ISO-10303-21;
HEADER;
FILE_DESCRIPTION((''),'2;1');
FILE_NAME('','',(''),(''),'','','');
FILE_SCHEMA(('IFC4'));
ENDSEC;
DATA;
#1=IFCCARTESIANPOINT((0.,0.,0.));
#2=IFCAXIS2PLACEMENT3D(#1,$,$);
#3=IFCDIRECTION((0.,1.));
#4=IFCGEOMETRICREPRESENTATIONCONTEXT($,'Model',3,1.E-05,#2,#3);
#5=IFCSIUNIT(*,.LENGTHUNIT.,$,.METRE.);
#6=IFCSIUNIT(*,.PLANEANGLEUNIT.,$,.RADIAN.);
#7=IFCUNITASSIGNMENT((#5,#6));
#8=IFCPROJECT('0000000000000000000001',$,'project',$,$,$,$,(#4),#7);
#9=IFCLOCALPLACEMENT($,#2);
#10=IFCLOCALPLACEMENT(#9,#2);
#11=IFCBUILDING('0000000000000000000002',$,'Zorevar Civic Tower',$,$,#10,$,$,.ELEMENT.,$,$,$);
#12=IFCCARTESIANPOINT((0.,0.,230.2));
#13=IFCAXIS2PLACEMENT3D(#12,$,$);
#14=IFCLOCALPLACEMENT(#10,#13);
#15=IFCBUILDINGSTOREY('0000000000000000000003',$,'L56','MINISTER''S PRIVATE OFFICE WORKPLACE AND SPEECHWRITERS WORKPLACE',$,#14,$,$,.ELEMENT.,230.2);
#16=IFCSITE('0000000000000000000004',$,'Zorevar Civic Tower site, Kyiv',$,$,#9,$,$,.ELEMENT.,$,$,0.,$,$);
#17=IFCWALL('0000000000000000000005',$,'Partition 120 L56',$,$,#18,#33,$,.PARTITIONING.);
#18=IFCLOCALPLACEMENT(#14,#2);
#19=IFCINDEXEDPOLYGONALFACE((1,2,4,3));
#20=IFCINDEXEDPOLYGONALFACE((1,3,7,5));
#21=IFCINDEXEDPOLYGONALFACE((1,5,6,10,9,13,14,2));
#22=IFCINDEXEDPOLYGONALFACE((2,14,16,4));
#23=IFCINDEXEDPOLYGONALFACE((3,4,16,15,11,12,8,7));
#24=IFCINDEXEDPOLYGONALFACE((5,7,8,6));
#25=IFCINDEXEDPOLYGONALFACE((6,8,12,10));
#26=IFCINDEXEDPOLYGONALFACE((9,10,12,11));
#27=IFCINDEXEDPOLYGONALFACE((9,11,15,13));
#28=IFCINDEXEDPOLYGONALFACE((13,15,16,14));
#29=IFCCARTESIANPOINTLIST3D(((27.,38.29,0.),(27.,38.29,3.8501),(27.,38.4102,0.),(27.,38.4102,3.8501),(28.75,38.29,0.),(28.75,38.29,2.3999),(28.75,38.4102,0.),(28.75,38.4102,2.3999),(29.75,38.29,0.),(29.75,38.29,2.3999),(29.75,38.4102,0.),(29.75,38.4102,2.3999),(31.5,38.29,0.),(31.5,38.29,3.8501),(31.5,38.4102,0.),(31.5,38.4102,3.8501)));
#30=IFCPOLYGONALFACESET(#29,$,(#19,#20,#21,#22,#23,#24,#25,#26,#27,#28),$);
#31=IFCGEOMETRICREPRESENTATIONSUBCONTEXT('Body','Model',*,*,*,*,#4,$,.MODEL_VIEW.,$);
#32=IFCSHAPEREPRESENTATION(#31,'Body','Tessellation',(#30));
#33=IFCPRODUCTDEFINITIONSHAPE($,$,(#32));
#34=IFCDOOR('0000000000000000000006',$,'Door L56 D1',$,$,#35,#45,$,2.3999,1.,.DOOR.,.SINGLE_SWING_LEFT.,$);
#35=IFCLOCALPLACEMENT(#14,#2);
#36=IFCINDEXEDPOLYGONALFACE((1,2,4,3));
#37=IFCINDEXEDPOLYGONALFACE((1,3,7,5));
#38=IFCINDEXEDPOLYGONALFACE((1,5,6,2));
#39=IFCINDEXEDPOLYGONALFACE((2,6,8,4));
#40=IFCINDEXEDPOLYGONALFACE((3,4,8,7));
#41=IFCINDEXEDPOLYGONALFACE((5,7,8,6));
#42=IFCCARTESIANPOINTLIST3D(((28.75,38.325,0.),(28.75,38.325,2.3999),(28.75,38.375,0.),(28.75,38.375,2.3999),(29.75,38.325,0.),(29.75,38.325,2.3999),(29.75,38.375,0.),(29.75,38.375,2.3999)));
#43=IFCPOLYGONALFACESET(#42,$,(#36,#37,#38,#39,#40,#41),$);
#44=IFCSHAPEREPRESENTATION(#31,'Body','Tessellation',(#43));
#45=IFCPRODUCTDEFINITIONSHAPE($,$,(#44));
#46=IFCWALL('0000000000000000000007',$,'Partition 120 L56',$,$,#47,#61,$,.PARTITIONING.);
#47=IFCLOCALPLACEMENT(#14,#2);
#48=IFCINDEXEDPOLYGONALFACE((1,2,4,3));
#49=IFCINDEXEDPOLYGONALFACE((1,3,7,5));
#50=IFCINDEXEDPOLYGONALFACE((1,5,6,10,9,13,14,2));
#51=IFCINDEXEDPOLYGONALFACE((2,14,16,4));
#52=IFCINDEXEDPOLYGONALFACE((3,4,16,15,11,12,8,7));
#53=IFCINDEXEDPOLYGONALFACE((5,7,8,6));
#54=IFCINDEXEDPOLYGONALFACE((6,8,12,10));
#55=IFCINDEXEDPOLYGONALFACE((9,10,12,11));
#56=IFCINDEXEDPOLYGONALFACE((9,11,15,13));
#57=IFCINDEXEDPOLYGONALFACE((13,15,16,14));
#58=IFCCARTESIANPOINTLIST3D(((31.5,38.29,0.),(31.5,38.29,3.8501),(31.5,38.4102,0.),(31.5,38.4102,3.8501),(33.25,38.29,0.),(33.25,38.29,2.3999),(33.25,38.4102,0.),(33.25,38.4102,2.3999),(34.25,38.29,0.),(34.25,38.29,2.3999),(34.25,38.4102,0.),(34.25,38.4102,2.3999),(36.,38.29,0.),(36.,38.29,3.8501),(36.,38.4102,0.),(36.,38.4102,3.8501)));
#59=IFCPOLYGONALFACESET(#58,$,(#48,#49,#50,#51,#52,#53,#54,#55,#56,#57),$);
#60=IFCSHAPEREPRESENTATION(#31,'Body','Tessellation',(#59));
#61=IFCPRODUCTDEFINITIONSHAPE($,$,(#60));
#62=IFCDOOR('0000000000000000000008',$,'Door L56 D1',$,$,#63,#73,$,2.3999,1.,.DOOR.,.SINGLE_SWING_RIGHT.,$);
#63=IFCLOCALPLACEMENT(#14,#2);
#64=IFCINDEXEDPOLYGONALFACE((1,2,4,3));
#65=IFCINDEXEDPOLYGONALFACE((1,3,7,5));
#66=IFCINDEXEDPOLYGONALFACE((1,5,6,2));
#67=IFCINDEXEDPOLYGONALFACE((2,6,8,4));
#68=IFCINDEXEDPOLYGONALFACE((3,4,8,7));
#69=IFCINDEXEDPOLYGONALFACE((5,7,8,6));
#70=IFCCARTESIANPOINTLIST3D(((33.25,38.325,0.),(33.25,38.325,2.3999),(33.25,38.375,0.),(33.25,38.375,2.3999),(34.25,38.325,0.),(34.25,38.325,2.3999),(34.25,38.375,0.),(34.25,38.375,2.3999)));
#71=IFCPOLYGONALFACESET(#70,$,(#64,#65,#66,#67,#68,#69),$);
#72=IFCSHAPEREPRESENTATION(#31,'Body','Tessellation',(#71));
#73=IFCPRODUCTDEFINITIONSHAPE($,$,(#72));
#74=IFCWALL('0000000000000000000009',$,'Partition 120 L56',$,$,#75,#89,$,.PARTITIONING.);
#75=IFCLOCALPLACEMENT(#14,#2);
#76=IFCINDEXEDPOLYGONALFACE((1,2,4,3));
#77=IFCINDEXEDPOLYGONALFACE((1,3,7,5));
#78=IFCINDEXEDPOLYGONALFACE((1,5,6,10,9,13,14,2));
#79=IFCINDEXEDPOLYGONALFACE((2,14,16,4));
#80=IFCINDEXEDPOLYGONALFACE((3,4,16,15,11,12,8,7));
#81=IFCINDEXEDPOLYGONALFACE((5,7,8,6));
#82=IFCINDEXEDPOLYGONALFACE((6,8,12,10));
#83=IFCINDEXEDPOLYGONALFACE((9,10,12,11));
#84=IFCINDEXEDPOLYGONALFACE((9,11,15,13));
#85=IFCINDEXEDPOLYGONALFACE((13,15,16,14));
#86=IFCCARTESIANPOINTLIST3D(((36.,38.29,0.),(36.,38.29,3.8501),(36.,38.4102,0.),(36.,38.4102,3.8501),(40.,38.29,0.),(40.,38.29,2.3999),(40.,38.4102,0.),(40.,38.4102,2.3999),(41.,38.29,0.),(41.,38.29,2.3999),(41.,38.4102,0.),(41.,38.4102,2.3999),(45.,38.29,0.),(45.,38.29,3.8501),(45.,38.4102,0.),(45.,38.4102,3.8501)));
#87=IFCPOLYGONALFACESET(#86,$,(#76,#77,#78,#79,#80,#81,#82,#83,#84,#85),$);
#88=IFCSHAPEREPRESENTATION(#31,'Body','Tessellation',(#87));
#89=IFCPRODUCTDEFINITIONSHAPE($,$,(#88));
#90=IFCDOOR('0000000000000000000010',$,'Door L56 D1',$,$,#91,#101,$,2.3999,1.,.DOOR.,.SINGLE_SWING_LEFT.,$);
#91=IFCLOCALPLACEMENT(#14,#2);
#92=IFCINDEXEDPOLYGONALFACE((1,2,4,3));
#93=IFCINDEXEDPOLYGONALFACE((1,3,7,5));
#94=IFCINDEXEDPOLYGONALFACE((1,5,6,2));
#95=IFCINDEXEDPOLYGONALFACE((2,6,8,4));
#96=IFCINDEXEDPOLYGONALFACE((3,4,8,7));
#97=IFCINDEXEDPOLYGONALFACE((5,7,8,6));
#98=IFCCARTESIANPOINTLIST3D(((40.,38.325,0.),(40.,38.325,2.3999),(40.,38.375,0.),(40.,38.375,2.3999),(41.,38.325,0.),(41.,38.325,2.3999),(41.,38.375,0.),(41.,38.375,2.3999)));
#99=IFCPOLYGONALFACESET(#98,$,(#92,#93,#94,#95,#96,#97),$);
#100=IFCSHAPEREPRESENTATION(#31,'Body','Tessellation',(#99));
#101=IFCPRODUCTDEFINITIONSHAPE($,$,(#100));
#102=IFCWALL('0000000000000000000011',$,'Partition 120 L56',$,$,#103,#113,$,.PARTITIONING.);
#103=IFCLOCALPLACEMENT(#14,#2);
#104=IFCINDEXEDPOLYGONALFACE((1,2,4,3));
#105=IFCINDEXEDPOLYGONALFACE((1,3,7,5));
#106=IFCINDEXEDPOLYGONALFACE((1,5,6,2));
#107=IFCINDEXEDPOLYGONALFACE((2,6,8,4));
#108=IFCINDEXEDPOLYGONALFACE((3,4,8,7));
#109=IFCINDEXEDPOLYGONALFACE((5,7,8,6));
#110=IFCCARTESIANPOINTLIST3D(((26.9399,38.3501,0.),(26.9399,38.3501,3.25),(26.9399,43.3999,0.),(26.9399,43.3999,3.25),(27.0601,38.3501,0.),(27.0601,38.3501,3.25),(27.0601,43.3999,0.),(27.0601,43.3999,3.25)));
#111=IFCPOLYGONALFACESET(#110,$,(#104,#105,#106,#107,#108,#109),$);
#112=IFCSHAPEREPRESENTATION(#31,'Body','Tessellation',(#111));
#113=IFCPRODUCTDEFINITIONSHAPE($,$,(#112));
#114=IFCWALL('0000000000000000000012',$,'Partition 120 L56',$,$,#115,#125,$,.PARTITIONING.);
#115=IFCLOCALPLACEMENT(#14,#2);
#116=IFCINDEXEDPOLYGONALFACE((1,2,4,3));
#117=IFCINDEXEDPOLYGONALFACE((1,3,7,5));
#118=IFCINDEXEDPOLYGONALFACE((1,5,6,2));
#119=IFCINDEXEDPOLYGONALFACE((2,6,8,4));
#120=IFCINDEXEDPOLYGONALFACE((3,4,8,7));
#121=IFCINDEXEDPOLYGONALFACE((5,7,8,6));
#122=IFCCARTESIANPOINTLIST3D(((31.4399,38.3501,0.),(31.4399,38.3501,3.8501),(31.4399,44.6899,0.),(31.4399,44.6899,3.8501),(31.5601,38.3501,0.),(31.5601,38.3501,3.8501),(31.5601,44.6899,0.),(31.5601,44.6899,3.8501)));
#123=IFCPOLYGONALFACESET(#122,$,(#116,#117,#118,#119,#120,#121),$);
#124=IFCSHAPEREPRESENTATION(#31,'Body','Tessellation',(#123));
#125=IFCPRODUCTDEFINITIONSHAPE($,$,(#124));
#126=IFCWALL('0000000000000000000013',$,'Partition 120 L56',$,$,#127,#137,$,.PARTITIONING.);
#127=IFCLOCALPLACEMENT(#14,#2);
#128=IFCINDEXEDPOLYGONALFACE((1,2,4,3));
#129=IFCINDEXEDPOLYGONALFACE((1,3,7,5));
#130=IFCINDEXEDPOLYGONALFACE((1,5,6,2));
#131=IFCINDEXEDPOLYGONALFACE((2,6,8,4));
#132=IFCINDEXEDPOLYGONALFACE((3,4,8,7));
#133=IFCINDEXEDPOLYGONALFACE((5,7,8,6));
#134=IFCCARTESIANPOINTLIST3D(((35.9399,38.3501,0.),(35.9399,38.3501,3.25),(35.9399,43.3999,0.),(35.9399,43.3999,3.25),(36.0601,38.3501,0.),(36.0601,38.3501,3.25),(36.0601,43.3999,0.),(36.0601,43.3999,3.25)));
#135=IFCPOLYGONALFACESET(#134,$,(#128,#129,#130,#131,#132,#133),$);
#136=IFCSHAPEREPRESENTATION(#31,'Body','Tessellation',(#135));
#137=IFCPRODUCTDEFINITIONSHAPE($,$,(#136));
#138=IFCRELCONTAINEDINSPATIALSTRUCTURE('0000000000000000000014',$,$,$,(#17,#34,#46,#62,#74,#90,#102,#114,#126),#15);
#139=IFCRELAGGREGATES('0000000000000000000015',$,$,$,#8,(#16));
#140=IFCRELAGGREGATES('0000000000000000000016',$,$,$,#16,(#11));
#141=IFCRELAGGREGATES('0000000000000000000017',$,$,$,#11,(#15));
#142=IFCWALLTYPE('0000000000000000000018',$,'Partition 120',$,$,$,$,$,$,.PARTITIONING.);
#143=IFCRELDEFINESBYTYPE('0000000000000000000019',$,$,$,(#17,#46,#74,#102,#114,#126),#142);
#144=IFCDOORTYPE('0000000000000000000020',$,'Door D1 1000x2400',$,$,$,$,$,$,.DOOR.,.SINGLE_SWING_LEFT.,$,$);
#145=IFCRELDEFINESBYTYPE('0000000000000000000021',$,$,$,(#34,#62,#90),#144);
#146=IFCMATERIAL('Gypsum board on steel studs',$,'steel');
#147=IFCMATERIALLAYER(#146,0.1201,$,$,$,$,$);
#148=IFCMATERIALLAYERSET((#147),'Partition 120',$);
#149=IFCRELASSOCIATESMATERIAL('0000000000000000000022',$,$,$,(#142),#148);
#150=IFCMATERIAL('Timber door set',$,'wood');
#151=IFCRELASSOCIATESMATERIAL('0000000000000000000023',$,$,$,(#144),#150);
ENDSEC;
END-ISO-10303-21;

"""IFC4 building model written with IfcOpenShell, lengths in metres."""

from ifc_helpers import new_model, si_unit, direction, frame, frame_2d, origin, place, context, subcontext, project, spatial, rectangle, extrude, material, layer, layer_set, type_object, element, fill, save


model = new_model("IFC4")

# Units and contexts
model_context = context("Model", 3, precision=1e-05, world=origin(), true_north=direction((0.0, 1.0)))
body_context = subcontext(model_context, "Body", "Model", "MODEL_VIEW")
ifc_project = project(units=[si_unit("LENGTHUNIT", "METRE"), si_unit("PLANEANGLEUNIT", "RADIAN")], contexts=[model_context])

# Site, building, storey
site_placement = place(None, origin())
site = spatial("IfcSite", under=ifc_project, at=site_placement, Name="Zorevar Civic Tower site, Kyiv", CompositionType="ELEMENT", RefElevation=0.0)
building_placement = place(site_placement, origin())
building = spatial("IfcBuilding", under=site, at=building_placement, Name="Zorevar Civic Tower", CompositionType="ELEMENT")
storey_placement = place(building_placement, frame((0.0, 0.0, 230.2)))
storey = spatial("IfcBuildingStorey", under=building, at=storey_placement, Name="L56", Description="MINISTER'S PRIVATE OFFICE WORKPLACE AND SPEECHWRITERS WORKPLACE", CompositionType="ELEMENT", Elevation=230.2)

# Walls, openings, doors
ifc_material_1 = material(Name="Gypsum board on steel studs", Category="steel")
ifc_layer_1 = layer(ifc_material_1, 0.1201)
ifc_layer_set_1 = layer_set([ifc_layer_1], Name="Partition 120")
wall_type = type_object("IfcWallType", Name="Partition 120", PredefinedType="PARTITIONING", material=ifc_layer_set_1)
wall_1_placement = place(storey_placement, frame((27.0, 38.3501, 0.0), z_axis=(0.0, 0.0, 1.0), x_axis=(1.0, 0.0, 0.0)))
wall_1 = element("IfcWall", 1, at=wall_1_placement, inside=storey, type_object=wall_type, Name="Partition 120 L56", PredefinedType="PARTITIONING", context=body_context, shape_type="SweptSolid", body=[
    extrude(rectangle(XDim=4.5, YDim=0.1201, at=frame_2d((2.25, 0.0))), origin(), (0.0, 0.0, 1.0), 3.8501),
])
opening_1_placement = place(wall_1_placement, frame((1.75, 0.0, 0.0)))
opening_1 = element("IfcOpeningElement", 2, at=opening_1_placement, cuts=wall_1, PredefinedType="OPENING", context=body_context, shape_type="SweptSolid", body=[
    extrude(rectangle(XDim=1.0, YDim=2.3999, at=frame_2d((0.5, 1.2))), frame((0.0, 0.0701, 0.0), z_axis=(0.0, -1.0, 0.0), x_axis=(1.0, 0.0, 0.0)), (0.0, 0.0, 1.0), 0.1401),
])
ifc_material_2 = material(Name="Timber door set", Category="wood")
door_type = type_object("IfcDoorType", Name="Door D1 1000x2400", OperationType="SINGLE_SWING_LEFT", PredefinedType="DOOR", material=ifc_material_2)
door_1_placement = place(opening_1_placement, origin())
door_1 = element("IfcDoor", 3, at=door_1_placement, inside=storey, type_object=door_type, Name="Door L56 D1", OperationType="SINGLE_SWING_LEFT", OverallHeight=2.3999, OverallWidth=1.0, PredefinedType="DOOR", context=body_context, shape_type="SweptSolid", body=[
    extrude(rectangle(XDim=1.0, YDim=2.3999, at=frame_2d((0.5, 1.2))), frame((0.0, 0.0249, 0.0), z_axis=(0.0, -1.0, 0.0), x_axis=(1.0, 0.0, 0.0)), (0.0, 0.0, 1.0), 0.05),
])
fill(opening_1, door_1)
wall_2_placement = place(storey_placement, frame((31.5, 38.3501, 0.0), z_axis=(0.0, 0.0, 1.0), x_axis=(1.0, 0.0, 0.0)))
wall_2 = element("IfcWall", 4, at=wall_2_placement, inside=storey, type_object=wall_type, Name="Partition 120 L56", PredefinedType="PARTITIONING", context=body_context, shape_type="SweptSolid", body=[
    extrude(rectangle(XDim=4.5, YDim=0.1201, at=frame_2d((2.25, 0.0))), origin(), (0.0, 0.0, 1.0), 3.8501),
])
opening_2_placement = place(wall_2_placement, frame((1.75, 0.0, 0.0)))
opening_2 = element("IfcOpeningElement", 5, at=opening_2_placement, cuts=wall_2, PredefinedType="OPENING", context=body_context, shape_type="SweptSolid", body=[
    extrude(rectangle(XDim=1.0, YDim=2.3999, at=frame_2d((0.5, 1.2))), frame((0.0, 0.0701, 0.0), z_axis=(0.0, -1.0, 0.0), x_axis=(1.0, 0.0, 0.0)), (0.0, 0.0, 1.0), 0.1401),
])
door_2_placement = place(opening_2_placement, origin())
door_2 = element("IfcDoor", 6, at=door_2_placement, inside=storey, type_object=door_type, Name="Door L56 D1", OperationType="SINGLE_SWING_RIGHT", OverallHeight=2.3999, OverallWidth=1.0, PredefinedType="DOOR", context=body_context, shape_type="SweptSolid", body=[
    extrude(rectangle(XDim=1.0, YDim=2.3999, at=frame_2d((0.5, 1.2))), frame((0.0, 0.0249, 0.0), z_axis=(0.0, -1.0, 0.0), x_axis=(1.0, 0.0, 0.0)), (0.0, 0.0, 1.0), 0.05),
])
fill(opening_2, door_2)
wall_3_placement = place(storey_placement, frame((36.0, 38.3501, 0.0), z_axis=(0.0, 0.0, 1.0), x_axis=(1.0, 0.0, 0.0)))
wall_3 = element("IfcWall", 7, at=wall_3_placement, inside=storey, type_object=wall_type, Name="Partition 120 L56", PredefinedType="PARTITIONING", context=body_context, shape_type="SweptSolid", body=[
    extrude(rectangle(XDim=9.0, YDim=0.1201, at=frame_2d((4.5, 0.0))), origin(), (0.0, 0.0, 1.0), 3.8501),
])
opening_3_placement = place(wall_3_placement, frame((4.0, 0.0, 0.0)))
opening_3 = element("IfcOpeningElement", 8, at=opening_3_placement, cuts=wall_3, PredefinedType="OPENING", context=body_context, shape_type="SweptSolid", body=[
    extrude(rectangle(XDim=1.0, YDim=2.3999, at=frame_2d((0.5, 1.2))), frame((0.0, 0.0701, 0.0), z_axis=(0.0, -1.0, 0.0), x_axis=(1.0, 0.0, 0.0)), (0.0, 0.0, 1.0), 0.1401),
])
door_3_placement = place(opening_3_placement, origin())
door_3 = element("IfcDoor", 9, at=door_3_placement, inside=storey, type_object=door_type, Name="Door L56 D1", OperationType="SINGLE_SWING_LEFT", OverallHeight=2.3999, OverallWidth=1.0, PredefinedType="DOOR", context=body_context, shape_type="SweptSolid", body=[
    extrude(rectangle(XDim=1.0, YDim=2.3999, at=frame_2d((0.5, 1.2))), frame((0.0, 0.0249, 0.0), z_axis=(0.0, -1.0, 0.0), x_axis=(1.0, 0.0, 0.0)), (0.0, 0.0, 1.0), 0.05),
])
fill(opening_3, door_3)

# Walls
wall_4_placement = place(storey_placement, frame((27.0, 38.3501, 0.0), z_axis=(0.0, 0.0, 1.0), x_axis=(0.0, 1.0, 0.0)))
element("IfcWall", 10, at=wall_4_placement, inside=storey, type_object=wall_type, Name="Partition 120 L56", PredefinedType="PARTITIONING", context=body_context, shape_type="SweptSolid", body=[
    extrude(rectangle(XDim=5.0498, YDim=0.1201, at=frame_2d((2.5249, 0.0))), origin(), (0.0, 0.0, 1.0), 3.25),
])
wall_5_placement = place(storey_placement, frame((31.5, 38.3501, 0.0), z_axis=(0.0, 0.0, 1.0), x_axis=(0.0, 1.0, 0.0)))
element("IfcWall", 11, at=wall_5_placement, inside=storey, type_object=wall_type, Name="Partition 120 L56", PredefinedType="PARTITIONING", context=body_context, shape_type="SweptSolid", body=[
    extrude(rectangle(XDim=6.3398, YDim=0.1201, at=frame_2d((3.1699, 0.0))), origin(), (0.0, 0.0, 1.0), 3.8501),
])
wall_6_placement = place(storey_placement, frame((36.0, 38.3501, 0.0), z_axis=(0.0, 0.0, 1.0), x_axis=(0.0, 1.0, 0.0)))
element("IfcWall", 12, at=wall_6_placement, inside=storey, type_object=wall_type, Name="Partition 120 L56", PredefinedType="PARTITIONING", context=body_context, shape_type="SweptSolid", body=[
    extrude(rectangle(XDim=5.0498, YDim=0.1201, at=frame_2d((2.5249, 0.0))), origin(), (0.0, 0.0, 1.0), 3.25),
])

save(model, "model.ifc")
